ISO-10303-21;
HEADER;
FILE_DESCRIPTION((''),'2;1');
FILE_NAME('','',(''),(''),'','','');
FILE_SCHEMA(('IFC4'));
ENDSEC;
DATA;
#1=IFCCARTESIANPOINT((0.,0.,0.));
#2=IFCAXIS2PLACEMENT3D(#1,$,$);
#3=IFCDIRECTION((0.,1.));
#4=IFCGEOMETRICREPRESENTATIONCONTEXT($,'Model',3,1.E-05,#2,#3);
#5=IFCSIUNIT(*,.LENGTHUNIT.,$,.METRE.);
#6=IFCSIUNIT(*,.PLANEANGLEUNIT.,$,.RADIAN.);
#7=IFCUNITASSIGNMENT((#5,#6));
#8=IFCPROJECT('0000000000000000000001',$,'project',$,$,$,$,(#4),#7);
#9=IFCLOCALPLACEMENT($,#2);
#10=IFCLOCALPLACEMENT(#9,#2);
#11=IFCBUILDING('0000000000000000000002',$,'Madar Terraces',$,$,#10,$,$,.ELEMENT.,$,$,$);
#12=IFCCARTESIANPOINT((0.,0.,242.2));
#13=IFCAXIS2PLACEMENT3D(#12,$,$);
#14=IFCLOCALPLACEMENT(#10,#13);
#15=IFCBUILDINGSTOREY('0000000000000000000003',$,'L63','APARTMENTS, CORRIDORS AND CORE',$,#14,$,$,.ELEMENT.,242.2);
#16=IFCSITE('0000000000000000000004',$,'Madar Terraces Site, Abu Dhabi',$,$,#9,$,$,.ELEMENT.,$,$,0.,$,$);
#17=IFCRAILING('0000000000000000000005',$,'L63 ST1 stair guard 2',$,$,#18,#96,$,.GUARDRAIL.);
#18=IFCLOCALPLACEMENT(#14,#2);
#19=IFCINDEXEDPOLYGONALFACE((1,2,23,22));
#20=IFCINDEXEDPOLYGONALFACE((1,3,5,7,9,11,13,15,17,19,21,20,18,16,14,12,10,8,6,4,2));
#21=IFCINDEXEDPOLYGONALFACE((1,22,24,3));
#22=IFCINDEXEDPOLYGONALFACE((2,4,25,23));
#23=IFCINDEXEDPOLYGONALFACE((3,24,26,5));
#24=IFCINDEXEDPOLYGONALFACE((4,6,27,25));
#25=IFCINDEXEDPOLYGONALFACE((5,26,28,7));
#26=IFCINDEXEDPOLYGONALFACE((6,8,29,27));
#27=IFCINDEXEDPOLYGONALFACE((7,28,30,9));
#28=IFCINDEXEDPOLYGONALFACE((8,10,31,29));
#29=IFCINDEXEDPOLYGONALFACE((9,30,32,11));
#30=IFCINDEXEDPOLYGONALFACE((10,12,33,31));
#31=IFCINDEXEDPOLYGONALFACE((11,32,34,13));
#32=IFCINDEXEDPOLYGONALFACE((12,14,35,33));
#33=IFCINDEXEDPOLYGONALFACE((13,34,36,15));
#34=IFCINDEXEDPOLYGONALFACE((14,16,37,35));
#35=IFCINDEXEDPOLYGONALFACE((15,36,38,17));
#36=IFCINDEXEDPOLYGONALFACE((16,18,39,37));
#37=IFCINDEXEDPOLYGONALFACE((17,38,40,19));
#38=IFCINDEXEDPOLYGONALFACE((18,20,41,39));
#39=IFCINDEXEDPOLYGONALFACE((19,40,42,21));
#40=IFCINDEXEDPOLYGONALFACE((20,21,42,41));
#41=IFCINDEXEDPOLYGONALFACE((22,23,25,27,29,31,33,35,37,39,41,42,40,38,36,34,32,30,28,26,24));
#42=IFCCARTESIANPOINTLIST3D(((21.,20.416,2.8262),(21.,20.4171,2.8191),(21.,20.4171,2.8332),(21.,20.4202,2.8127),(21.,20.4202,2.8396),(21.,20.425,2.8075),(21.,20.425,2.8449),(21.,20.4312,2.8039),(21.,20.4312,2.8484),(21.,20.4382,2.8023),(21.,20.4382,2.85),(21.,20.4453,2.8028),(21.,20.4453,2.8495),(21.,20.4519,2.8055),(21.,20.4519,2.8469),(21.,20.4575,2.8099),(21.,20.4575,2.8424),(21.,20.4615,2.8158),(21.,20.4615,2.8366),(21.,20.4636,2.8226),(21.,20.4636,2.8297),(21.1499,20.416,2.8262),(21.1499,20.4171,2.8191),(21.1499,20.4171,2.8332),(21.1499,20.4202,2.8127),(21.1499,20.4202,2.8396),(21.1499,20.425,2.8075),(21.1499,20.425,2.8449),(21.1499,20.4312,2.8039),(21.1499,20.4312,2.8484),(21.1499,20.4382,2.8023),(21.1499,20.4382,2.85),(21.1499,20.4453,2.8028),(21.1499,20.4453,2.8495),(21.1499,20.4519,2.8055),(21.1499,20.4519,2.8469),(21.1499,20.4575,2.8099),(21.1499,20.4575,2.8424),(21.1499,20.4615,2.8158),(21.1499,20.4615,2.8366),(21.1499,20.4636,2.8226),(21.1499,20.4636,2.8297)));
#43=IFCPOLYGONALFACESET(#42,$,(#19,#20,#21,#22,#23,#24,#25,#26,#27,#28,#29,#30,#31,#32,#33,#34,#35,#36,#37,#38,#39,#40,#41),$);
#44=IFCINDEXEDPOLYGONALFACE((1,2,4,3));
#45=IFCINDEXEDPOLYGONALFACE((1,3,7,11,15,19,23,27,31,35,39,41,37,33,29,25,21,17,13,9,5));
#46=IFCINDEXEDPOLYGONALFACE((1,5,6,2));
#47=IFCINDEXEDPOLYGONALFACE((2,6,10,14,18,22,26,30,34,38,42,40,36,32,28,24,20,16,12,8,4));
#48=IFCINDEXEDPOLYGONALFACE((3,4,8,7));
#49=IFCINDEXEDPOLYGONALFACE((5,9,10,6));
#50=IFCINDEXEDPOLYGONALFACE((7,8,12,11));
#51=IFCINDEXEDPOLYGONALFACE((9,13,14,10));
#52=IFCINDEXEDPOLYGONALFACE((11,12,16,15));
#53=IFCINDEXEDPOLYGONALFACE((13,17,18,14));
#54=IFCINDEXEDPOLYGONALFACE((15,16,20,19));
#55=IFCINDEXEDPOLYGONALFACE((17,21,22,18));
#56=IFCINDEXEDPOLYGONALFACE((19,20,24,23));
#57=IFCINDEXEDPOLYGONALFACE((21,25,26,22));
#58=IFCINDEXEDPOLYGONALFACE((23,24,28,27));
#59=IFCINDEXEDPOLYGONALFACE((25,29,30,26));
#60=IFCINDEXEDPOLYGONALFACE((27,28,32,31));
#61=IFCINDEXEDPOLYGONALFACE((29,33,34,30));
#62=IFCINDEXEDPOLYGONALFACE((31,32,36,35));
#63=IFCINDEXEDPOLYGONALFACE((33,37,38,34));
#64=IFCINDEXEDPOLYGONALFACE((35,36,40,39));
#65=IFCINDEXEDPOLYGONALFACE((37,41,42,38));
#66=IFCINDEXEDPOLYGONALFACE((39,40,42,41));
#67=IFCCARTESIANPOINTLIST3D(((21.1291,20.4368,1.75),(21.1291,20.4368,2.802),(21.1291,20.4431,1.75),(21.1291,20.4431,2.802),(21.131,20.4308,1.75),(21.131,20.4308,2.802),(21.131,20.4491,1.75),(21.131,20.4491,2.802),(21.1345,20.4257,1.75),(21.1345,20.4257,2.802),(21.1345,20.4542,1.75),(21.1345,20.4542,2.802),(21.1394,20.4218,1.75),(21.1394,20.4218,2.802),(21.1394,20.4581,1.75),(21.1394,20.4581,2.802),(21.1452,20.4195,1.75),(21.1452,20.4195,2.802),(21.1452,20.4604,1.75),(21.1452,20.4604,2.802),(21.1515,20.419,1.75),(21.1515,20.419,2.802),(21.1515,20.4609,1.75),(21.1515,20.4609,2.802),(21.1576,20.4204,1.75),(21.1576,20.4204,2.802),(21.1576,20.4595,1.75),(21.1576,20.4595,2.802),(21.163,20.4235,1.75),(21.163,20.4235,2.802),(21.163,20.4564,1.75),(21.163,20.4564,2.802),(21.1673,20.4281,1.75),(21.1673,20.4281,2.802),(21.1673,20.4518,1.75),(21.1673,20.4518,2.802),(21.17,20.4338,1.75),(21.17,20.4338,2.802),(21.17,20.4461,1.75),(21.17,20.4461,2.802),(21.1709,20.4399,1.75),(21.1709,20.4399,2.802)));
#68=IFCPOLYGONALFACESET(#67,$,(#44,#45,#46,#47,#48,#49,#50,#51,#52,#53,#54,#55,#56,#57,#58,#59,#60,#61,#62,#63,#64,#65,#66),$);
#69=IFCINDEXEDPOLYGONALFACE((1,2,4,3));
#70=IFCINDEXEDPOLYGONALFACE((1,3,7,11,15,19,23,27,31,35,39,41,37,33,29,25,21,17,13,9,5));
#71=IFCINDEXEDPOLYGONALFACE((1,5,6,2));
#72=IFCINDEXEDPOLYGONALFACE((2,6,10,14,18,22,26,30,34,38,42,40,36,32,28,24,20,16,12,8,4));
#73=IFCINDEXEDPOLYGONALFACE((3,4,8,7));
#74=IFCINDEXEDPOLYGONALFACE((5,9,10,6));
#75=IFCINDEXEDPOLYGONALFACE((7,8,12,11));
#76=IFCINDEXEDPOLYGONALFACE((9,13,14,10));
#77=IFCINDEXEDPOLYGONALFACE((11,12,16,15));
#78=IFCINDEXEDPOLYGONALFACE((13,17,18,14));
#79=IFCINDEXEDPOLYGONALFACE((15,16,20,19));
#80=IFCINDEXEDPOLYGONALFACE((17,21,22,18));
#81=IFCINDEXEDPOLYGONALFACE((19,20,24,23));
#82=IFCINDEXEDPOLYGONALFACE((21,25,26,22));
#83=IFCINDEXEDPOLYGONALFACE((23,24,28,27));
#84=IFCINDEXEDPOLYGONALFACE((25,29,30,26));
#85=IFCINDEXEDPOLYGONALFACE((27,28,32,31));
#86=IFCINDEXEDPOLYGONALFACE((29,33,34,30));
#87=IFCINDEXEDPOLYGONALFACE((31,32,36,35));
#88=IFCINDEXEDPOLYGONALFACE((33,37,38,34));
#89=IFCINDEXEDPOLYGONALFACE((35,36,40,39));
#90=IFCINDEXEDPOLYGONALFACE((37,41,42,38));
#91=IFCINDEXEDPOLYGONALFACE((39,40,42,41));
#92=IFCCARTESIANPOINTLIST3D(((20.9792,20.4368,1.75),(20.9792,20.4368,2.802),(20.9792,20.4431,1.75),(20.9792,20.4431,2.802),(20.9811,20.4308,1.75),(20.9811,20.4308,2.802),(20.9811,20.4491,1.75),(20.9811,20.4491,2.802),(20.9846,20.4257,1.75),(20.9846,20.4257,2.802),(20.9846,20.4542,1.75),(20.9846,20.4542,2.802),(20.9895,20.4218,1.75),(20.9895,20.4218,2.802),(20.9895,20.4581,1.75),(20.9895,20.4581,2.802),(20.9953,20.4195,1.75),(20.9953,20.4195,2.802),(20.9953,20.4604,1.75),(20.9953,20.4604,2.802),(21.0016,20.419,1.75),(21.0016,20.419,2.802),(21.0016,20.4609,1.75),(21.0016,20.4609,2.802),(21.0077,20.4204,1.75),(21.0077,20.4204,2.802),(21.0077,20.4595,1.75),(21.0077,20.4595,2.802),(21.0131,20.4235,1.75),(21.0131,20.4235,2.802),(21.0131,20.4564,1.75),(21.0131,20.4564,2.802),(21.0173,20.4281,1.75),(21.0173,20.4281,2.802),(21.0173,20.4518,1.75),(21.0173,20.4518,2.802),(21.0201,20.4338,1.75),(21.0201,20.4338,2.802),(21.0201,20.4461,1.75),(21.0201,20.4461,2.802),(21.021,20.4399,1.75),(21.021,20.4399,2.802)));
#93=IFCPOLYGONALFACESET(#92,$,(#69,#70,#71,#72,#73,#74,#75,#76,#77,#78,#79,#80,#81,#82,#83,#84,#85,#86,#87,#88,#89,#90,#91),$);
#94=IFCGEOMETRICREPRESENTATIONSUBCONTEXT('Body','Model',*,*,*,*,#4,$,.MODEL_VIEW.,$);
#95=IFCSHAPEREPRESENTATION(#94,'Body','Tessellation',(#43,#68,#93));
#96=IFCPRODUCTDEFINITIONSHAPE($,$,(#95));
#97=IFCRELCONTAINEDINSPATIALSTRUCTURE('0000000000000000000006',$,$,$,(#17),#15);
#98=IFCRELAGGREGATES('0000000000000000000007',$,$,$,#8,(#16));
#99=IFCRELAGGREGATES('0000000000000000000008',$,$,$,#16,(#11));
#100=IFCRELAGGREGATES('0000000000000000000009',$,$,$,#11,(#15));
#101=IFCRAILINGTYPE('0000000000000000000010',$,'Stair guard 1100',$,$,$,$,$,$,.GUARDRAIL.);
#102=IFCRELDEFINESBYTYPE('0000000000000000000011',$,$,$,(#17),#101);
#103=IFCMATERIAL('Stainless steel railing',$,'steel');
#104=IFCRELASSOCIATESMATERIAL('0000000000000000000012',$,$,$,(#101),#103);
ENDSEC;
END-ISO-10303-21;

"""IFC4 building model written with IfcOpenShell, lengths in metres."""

from ifc_helpers import new_model, si_unit, direction, frame, origin, origin_2d, place, context, subcontext, project, spatial, circle, extrude, material, type_object, element, save


model = new_model("IFC4")

# Units and contexts
model_context = context("Model", 3, precision=1e-05, world=origin(), true_north=direction((0.0, 1.0)))
body_context = subcontext(model_context, "Body", "Model", "MODEL_VIEW")
ifc_project = project(units=[si_unit("LENGTHUNIT", "METRE"), si_unit("PLANEANGLEUNIT", "RADIAN")], contexts=[model_context])

# Site, building, storey
site_placement = place(None, origin())
site = spatial("IfcSite", under=ifc_project, at=site_placement, Name="Madar Terraces Site, Abu Dhabi", CompositionType="ELEMENT", RefElevation=0.0)
building_placement = place(site_placement, origin())
building = spatial("IfcBuilding", under=site, at=building_placement, Name="Madar Terraces", CompositionType="ELEMENT")
storey_placement = place(building_placement, frame((0.0, 0.0, 242.2)))
storey = spatial("IfcBuildingStorey", under=building, at=storey_placement, Name="L63", Description="APARTMENTS, CORRIDORS AND CORE", CompositionType="ELEMENT", Elevation=242.2)

# Railing
ifc_material_1 = material(Name="Stainless steel railing", Category="steel")
railing_type_1 = type_object("IfcRailingType", Name="Stair guard 1100", PredefinedType="GUARDRAIL", material=ifc_material_1)
railing_1_placement = place(storey_placement, frame((21.1499, 20.4399, 1.75)))
element("IfcRailing", 1, at=railing_1_placement, inside=storey, type_object=railing_type_1, Name="L63 ST1 stair guard 2", PredefinedType="GUARDRAIL", context=body_context, shape_type="SweptSolid", body=[
    extrude(circle(Radius=0.0239, at=origin_2d()), frame((0.0, 0.0, 1.0762), z_axis=(-1.0, 0.0, 0.0), x_axis=(0.0, -1.0, 0.0)), (0.0, 0.0, 1.0), 0.1499),
    extrude(circle(Radius=0.021, at=origin_2d()), origin(), (0.0, 0.0, 1.0), 1.052),
    extrude(circle(Radius=0.021, at=origin_2d()), frame((-0.1499, 0.0, 0.0)), (0.0, 0.0, 1.0), 1.052),
])

save(model, "model.ifc")
